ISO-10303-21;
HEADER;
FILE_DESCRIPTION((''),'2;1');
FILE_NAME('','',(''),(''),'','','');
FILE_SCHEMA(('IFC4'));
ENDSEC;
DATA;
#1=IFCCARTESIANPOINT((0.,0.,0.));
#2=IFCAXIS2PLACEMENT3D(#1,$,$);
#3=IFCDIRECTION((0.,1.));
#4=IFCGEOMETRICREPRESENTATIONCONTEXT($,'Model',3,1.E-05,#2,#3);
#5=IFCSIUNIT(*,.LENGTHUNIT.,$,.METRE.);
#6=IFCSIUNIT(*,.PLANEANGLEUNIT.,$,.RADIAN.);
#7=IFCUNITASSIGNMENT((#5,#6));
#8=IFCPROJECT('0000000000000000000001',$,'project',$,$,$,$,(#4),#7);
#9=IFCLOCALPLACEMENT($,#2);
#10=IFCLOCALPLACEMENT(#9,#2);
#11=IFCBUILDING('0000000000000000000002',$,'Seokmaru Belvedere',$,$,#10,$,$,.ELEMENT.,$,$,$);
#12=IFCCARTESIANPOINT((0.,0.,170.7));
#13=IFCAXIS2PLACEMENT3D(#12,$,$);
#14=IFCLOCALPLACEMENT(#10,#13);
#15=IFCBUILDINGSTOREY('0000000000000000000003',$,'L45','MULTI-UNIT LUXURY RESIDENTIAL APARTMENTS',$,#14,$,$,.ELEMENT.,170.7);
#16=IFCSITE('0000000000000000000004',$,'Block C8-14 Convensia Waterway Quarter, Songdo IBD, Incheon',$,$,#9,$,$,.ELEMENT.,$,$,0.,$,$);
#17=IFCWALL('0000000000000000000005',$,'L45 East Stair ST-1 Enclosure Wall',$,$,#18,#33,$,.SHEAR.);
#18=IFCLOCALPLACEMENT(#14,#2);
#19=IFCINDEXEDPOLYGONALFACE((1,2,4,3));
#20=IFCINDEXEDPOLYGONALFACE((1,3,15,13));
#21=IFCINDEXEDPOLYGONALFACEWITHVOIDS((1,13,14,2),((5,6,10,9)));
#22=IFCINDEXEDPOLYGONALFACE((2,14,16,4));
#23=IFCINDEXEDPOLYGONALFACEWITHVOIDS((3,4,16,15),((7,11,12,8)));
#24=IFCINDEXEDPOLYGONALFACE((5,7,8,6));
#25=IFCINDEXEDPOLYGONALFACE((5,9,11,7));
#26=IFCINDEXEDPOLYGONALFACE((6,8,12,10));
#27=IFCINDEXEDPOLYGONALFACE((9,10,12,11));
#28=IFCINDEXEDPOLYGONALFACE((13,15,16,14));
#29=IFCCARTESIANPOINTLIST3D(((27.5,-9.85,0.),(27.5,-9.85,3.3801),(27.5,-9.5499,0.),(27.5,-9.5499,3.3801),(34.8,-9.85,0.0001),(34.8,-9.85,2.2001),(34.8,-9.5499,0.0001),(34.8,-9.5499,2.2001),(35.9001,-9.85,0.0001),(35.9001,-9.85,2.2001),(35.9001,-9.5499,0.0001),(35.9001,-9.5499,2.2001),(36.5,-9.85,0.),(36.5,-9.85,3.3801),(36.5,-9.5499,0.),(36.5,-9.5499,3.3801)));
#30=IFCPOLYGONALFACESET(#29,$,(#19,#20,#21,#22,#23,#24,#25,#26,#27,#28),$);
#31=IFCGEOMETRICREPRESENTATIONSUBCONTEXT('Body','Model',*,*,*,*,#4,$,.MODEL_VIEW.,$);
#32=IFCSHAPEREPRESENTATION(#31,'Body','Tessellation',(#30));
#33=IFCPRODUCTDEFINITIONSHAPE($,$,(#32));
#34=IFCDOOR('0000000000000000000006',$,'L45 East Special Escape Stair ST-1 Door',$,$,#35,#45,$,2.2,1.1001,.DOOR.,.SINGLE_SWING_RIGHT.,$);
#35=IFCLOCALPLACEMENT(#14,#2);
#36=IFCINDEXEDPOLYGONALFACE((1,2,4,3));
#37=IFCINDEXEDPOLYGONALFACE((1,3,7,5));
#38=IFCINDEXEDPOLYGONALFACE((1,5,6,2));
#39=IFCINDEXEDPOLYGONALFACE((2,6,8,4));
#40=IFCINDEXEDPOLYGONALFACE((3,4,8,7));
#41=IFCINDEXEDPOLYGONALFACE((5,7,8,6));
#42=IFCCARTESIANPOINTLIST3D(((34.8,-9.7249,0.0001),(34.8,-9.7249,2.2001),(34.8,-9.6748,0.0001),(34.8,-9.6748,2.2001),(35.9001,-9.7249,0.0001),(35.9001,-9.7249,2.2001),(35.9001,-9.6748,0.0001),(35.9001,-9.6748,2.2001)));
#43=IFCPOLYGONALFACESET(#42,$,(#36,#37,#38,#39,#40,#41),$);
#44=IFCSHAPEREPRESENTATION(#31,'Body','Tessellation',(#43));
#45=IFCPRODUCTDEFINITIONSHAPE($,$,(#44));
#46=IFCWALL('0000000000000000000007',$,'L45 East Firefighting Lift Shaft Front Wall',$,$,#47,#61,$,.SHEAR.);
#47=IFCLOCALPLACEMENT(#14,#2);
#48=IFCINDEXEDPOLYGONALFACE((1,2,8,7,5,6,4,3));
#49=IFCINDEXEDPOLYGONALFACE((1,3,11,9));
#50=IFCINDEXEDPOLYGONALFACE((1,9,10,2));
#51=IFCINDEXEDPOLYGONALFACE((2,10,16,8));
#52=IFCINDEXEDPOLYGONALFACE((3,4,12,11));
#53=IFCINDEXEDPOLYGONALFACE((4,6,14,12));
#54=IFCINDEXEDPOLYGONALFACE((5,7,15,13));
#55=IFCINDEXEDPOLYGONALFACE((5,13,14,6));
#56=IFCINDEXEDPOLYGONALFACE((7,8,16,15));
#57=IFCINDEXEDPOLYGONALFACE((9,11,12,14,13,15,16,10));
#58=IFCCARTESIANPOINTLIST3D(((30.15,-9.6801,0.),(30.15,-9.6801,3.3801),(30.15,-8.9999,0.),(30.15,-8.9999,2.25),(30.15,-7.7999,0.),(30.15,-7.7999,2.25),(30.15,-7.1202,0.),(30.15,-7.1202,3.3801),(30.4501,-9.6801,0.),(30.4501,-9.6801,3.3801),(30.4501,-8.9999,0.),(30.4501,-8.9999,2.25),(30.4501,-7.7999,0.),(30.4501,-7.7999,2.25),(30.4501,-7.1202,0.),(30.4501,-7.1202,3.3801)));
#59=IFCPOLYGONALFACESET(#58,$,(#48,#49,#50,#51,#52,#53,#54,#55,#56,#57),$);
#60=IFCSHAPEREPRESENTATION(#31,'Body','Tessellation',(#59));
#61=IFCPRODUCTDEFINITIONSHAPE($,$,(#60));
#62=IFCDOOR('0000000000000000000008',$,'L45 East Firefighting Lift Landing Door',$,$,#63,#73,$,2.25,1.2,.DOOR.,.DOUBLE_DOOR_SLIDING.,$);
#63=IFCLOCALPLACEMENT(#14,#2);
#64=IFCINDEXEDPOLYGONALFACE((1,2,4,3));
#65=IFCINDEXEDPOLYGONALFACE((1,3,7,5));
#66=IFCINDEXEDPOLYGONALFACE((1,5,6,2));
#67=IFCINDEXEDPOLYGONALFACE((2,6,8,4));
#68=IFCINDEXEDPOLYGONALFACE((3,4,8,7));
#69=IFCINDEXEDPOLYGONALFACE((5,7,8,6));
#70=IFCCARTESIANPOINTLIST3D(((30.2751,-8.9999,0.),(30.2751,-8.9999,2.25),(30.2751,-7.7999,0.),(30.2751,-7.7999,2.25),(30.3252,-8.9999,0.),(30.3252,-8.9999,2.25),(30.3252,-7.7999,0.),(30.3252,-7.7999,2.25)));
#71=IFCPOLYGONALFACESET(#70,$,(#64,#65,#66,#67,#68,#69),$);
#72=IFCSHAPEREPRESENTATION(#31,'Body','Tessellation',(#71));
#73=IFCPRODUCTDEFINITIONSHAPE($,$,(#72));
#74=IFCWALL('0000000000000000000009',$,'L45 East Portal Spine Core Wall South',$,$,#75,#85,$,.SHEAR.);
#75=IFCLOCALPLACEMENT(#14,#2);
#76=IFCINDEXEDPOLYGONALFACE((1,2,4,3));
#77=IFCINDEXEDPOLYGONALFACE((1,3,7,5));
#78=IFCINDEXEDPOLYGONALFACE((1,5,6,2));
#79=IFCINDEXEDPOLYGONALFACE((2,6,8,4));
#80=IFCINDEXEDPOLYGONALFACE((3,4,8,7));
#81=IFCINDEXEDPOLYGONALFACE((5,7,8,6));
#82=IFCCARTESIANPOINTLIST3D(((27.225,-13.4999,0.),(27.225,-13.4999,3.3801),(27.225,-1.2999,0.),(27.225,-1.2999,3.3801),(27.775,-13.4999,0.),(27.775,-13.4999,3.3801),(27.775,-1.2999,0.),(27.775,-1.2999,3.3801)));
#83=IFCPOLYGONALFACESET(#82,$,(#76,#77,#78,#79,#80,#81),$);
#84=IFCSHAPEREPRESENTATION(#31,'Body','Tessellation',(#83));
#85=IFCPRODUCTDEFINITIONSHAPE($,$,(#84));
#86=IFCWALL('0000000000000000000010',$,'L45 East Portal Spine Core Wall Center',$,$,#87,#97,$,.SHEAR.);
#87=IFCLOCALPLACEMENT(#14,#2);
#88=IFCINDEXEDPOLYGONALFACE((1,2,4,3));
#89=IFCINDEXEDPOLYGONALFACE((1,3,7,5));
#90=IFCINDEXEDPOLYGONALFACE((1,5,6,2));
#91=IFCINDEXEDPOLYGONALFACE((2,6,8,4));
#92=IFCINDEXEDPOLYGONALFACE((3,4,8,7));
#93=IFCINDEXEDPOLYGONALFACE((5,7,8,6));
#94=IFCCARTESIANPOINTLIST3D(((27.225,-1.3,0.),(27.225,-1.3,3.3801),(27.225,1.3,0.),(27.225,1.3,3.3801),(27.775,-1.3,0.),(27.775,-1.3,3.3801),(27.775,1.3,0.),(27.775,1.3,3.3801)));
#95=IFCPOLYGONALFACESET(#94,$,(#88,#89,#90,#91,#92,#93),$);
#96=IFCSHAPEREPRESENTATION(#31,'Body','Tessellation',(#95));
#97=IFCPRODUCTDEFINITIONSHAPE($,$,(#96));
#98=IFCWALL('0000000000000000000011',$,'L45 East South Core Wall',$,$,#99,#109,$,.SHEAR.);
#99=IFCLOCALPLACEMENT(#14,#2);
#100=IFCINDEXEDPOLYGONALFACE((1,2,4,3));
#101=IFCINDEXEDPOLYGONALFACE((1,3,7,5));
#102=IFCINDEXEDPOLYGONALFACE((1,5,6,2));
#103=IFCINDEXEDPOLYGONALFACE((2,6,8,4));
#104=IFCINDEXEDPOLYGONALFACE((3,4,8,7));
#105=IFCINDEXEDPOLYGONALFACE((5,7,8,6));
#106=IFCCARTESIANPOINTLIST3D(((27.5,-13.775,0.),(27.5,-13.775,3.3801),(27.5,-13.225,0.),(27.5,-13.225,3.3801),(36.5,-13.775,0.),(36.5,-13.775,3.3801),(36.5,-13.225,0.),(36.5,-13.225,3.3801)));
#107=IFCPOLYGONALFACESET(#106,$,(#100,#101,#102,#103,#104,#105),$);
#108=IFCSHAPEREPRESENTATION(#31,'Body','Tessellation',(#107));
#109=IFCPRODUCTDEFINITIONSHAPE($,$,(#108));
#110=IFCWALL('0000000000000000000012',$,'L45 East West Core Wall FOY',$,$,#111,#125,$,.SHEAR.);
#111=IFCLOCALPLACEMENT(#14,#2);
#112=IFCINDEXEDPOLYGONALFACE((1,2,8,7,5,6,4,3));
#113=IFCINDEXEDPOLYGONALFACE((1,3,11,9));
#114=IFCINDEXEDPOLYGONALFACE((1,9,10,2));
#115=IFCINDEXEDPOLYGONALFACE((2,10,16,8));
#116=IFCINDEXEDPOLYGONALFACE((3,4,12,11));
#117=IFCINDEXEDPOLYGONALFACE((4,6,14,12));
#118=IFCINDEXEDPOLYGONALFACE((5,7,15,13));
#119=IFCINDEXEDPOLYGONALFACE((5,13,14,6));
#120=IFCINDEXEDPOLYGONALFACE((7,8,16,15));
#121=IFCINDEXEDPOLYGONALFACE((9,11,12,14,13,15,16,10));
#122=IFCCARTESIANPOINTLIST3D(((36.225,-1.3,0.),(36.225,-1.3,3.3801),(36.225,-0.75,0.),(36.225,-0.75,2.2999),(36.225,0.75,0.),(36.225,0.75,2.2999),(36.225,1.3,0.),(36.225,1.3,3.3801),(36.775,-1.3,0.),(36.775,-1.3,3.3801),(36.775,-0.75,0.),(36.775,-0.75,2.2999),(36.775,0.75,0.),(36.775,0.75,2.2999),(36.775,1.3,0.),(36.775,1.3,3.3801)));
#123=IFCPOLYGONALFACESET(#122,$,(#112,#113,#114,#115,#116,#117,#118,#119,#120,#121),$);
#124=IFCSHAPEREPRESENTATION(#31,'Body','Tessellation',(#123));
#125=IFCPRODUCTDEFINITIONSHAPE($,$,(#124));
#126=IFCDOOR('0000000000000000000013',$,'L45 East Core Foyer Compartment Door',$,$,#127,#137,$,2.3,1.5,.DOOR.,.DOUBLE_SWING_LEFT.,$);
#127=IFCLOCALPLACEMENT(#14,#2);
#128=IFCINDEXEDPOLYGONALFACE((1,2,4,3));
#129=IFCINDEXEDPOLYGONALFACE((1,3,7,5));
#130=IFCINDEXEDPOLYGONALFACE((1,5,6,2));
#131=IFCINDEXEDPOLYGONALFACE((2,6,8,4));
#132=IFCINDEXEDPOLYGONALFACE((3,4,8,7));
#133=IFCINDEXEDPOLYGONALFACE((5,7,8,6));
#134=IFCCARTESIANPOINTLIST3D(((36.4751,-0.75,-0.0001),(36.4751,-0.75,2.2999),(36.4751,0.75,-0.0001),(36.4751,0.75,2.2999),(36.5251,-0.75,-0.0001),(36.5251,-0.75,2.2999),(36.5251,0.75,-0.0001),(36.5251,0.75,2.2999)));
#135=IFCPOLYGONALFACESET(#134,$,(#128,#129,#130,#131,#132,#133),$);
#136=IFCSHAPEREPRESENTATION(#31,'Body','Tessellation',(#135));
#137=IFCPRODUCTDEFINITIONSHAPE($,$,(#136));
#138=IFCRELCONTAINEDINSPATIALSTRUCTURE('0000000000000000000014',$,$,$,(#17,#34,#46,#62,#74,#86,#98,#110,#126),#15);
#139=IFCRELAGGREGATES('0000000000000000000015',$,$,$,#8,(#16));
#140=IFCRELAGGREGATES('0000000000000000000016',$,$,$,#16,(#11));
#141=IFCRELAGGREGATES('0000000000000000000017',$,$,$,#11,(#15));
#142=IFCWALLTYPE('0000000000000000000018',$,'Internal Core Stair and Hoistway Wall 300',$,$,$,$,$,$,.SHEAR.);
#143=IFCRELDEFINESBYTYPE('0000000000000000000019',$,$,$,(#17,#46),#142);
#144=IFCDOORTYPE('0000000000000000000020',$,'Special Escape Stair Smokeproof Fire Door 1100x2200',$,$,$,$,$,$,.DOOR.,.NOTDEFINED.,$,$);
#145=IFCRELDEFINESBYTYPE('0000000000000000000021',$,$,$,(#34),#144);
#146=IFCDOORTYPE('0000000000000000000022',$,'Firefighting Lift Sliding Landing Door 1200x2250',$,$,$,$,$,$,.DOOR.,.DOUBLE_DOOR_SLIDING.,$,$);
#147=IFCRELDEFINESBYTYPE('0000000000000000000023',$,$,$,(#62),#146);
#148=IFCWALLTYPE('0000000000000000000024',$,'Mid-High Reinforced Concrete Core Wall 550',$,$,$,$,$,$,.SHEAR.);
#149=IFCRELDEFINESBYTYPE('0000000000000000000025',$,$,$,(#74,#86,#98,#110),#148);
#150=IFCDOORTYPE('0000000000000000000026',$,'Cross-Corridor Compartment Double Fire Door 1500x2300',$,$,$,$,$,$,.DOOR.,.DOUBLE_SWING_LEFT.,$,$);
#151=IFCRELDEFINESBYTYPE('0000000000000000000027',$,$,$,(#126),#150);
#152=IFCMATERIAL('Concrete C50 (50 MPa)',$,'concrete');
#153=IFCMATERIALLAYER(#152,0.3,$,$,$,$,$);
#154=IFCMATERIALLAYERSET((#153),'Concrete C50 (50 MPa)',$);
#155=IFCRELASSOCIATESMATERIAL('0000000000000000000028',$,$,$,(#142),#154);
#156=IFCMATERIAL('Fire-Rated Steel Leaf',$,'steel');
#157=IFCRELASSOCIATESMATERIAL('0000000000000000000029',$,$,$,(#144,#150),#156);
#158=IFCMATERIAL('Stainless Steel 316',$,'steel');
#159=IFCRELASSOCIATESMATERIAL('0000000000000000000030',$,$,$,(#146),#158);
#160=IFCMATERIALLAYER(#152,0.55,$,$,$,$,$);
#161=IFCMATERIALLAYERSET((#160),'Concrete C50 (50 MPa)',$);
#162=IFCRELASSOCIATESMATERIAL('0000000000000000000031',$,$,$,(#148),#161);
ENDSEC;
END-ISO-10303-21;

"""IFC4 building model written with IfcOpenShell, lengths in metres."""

from ifc_helpers import new_model, si_unit, direction, frame, frame_2d, origin, place, context, subcontext, project, spatial, rectangle, extrude, source, transform, mapped, material, layer, layer_set, type_object, type_shapes, element, fill, save


model = new_model("IFC4")

# Units and contexts
model_context = context("Model", 3, precision=1e-05, world=origin(), true_north=direction((0.0, 1.0)))
body_context = subcontext(model_context, "Body", "Model", "MODEL_VIEW")
ifc_project = project(units=[si_unit("LENGTHUNIT", "METRE"), si_unit("PLANEANGLEUNIT", "RADIAN")], contexts=[model_context])

# Site, building, storey
site_placement = place(None, origin())
site = spatial("IfcSite", under=ifc_project, at=site_placement, Name="Block C8-14 Convensia Waterway Quarter, Songdo IBD, Incheon", CompositionType="ELEMENT", RefElevation=0.0)
building_placement = place(site_placement, origin())
building = spatial("IfcBuilding", under=site, at=building_placement, Name="Seokmaru Belvedere", CompositionType="ELEMENT")
storey_placement = place(building_placement, frame((0.0, 0.0, 170.7)))
storey = spatial("IfcBuildingStorey", under=building, at=storey_placement, Name="L45", Description="MULTI-UNIT LUXURY RESIDENTIAL APARTMENTS", CompositionType="ELEMENT", Elevation=170.7)

# Shared definitions
ifc_material_1 = material(Name="Fire-Rated Steel Leaf", Category="steel")

# Shared definitions
ifc_material_2 = material(Name="Concrete C50 (50 MPa)", Category="concrete")

# Walls, openings, doors
ifc_layer_1 = layer(ifc_material_2, 0.3)
ifc_layer_set_1 = layer_set([ifc_layer_1], Name="Concrete C50 (50 MPa)")
wall_type_1 = type_object("IfcWallType", Name="Internal Core Stair and Hoistway Wall 300", PredefinedType="SHEAR", material=ifc_layer_set_1)
wall_1_placement = place(storey_placement, frame((27.5, -9.7, 0.0), z_axis=(0.0, 0.0, 1.0), x_axis=(1.0, 0.0, 0.0)))
wall_1 = element("IfcWall", 1, at=wall_1_placement, inside=storey, type_object=wall_type_1, Name="L45 East Stair ST-1 Enclosure Wall", PredefinedType="SHEAR", context=body_context, shape_type="SweptSolid", body=[
    extrude(rectangle(XDim=9.0, YDim=0.3, at=frame_2d((4.5, 0.0))), origin(), (0.0, 0.0, 1.0), 3.3801),
])
opening_1_placement = place(wall_1_placement, frame((7.3, 0.0, 0.0)))
opening_1 = element("IfcOpeningElement", 2, at=opening_1_placement, cuts=wall_1, PredefinedType="OPENING", context=body_context, shape_type="SweptSolid", body=[
    extrude(rectangle(XDim=1.1001, YDim=2.2, at=frame_2d((0.55, 1.1001))), frame((0.0, 0.1602, 0.0), z_axis=(0.0, -1.0, 0.0), x_axis=(1.0, 0.0, 0.0)), (0.0, 0.0, 1.0), 0.3201),
])
door_type_1 = type_object("IfcDoorType", Name="Special Escape Stair Smokeproof Fire Door 1100x2200", OperationType="NOTDEFINED", PredefinedType="DOOR", material=ifc_material_1)
shared_shape_1 = source(origin(), body_context, "Body", "SweptSolid", [
    extrude(rectangle(XDim=1.1001, YDim=2.2, at=frame_2d((0.55, 1.1001))), frame((0.0, 0.0249, 0.0), z_axis=(0.0, -1.0, 0.0), x_axis=(1.0, 0.0, 0.0)), (0.0, 0.0, 1.0), 0.05),
])
type_shapes(door_type_1, [shared_shape_1])
door_1_placement = place(opening_1_placement, frame((1.1001, 0.0, 0.0), z_axis=(0.0, 0.0, 1.0), x_axis=(-1.0, 0.0, 0.0)))
door_1 = element("IfcDoor", 3, at=door_1_placement, inside=storey, type_object=door_type_1, Name="L45 East Special Escape Stair ST-1 Door", OperationType="SINGLE_SWING_RIGHT", OverallHeight=2.2, OverallWidth=1.1001, PredefinedType="DOOR", context=body_context, shape_type="MappedRepresentation", body=[
    mapped(shared_shape_1, transform((0.0, 0.0, 0.0), scale=1.0)),
])
fill(opening_1, door_1)
wall_2_placement = place(storey_placement, frame((30.3, -9.6799, 0.0), z_axis=(0.0, 0.0, 1.0), x_axis=(0.0, 1.0, 0.0)))
wall_2 = element("IfcWall", 4, at=wall_2_placement, inside=storey, type_object=wall_type_1, Name="L45 East Firefighting Lift Shaft Front Wall", PredefinedType="SHEAR", context=body_context, shape_type="SweptSolid", body=[
    extrude(rectangle(XDim=2.5598, YDim=0.3, at=frame_2d((1.2798, 0.0))), origin(), (0.0, 0.0, 1.0), 3.3801),
])
opening_2_placement = place(wall_2_placement, frame((0.6799, 0.0, 0.0)))
opening_2 = element("IfcOpeningElement", 5, at=opening_2_placement, cuts=wall_2, PredefinedType="OPENING", context=body_context, shape_type="SweptSolid", body=[
    extrude(rectangle(XDim=1.2, YDim=2.25, at=frame_2d((0.6001, 1.125))), frame((0.0, 0.1602, 0.0), z_axis=(0.0, -1.0, 0.0), x_axis=(1.0, 0.0, 0.0)), (0.0, 0.0, 1.0), 0.3201),
])
ifc_material_3 = material(Name="Stainless Steel 316", Category="steel")
door_type_2 = type_object("IfcDoorType", Name="Firefighting Lift Sliding Landing Door 1200x2250", OperationType="DOUBLE_DOOR_SLIDING", PredefinedType="DOOR", material=ifc_material_3)
shared_shape_2 = source(origin(), body_context, "Body", "SweptSolid", [
    extrude(rectangle(XDim=1.2, YDim=2.25, at=frame_2d((0.6001, 1.125))), frame((0.0, 0.0249, 0.0), z_axis=(0.0, -1.0, 0.0), x_axis=(1.0, 0.0, 0.0)), (0.0, 0.0, 1.0), 0.05),
])
type_shapes(door_type_2, [shared_shape_2])
door_2_placement = place(opening_2_placement, origin())
door_2 = element("IfcDoor", 6, at=door_2_placement, inside=storey, type_object=door_type_2, Name="L45 East Firefighting Lift Landing Door", OperationType="DOUBLE_DOOR_SLIDING", OverallHeight=2.25, OverallWidth=1.2, PredefinedType="DOOR", context=body_context, shape_type="MappedRepresentation", body=[
    mapped(shared_shape_2, transform((0.0, 0.0, 0.0), scale=1.0)),
])
fill(opening_2, door_2)

# Walls
ifc_layer_2 = layer(ifc_material_2, 0.55)
ifc_layer_set_2 = layer_set([ifc_layer_2], Name="Concrete C50 (50 MPa)")
wall_type_2 = type_object("IfcWallType", Name="Mid-High Reinforced Concrete Core Wall 550", PredefinedType="SHEAR", material=ifc_layer_set_2)
wall_3_placement = place(storey_placement, frame((27.5, -13.5, 0.0), z_axis=(0.0, 0.0, 1.0), x_axis=(0.0, 1.0, 0.0)))
element("IfcWall", 7, at=wall_3_placement, inside=storey, type_object=wall_type_2, Name="L45 East Portal Spine Core Wall South", PredefinedType="SHEAR", context=body_context, shape_type="SweptSolid", body=[
    extrude(rectangle(XDim=12.2, YDim=0.55, at=frame_2d((6.1001, 0.0))), origin(), (0.0, 0.0, 1.0), 3.3801),
])
wall_4_placement = place(storey_placement, frame((27.5, -1.3, 0.0), z_axis=(0.0, 0.0, 1.0), x_axis=(0.0, 1.0, 0.0)))
element("IfcWall", 8, at=wall_4_placement, inside=storey, type_object=wall_type_2, Name="L45 East Portal Spine Core Wall Center", PredefinedType="SHEAR", context=body_context, shape_type="SweptSolid", body=[
    extrude(rectangle(XDim=2.6001, YDim=0.55, at=frame_2d((1.3, 0.0))), origin(), (0.0, 0.0, 1.0), 3.3801),
])
wall_5_placement = place(storey_placement, frame((27.5, -13.5, 0.0), z_axis=(0.0, 0.0, 1.0), x_axis=(1.0, 0.0, 0.0)))
element("IfcWall", 9, at=wall_5_placement, inside=storey, type_object=wall_type_2, Name="L45 East South Core Wall", PredefinedType="SHEAR", context=body_context, shape_type="SweptSolid", body=[
    extrude(rectangle(XDim=9.0, YDim=0.55, at=frame_2d((4.5, 0.0))), origin(), (0.0, 0.0, 1.0), 3.3801),
])

# Wall, opening, door
wall_6_placement = place(storey_placement, frame((36.5, -1.3, 0.0), z_axis=(0.0, 0.0, 1.0), x_axis=(0.0, 1.0, 0.0)))
wall_6 = element("IfcWall", 10, at=wall_6_placement, inside=storey, type_object=wall_type_2, Name="L45 East West Core Wall FOY", PredefinedType="SHEAR", context=body_context, shape_type="SweptSolid", body=[
    extrude(rectangle(XDim=2.6001, YDim=0.55, at=frame_2d((1.3, 0.0))), origin(), (0.0, 0.0, 1.0), 3.3801),
])
opening_3_placement = place(wall_6_placement, frame((0.55, 0.0, 0.0)))
opening_3 = element("IfcOpeningElement", 11, at=opening_3_placement, cuts=wall_6, PredefinedType="OPENING", context=body_context, shape_type="SweptSolid", body=[
    extrude(rectangle(XDim=1.5, YDim=2.3, at=frame_2d((0.75, 1.1499))), frame((0.0, 0.2852, 0.0), z_axis=(0.0, -1.0, 0.0), x_axis=(1.0, 0.0, 0.0)), (0.0, 0.0, 1.0), 0.5701),
])
door_type_3 = type_object("IfcDoorType", Name="Cross-Corridor Compartment Double Fire Door 1500x2300", OperationType="DOUBLE_SWING_LEFT", PredefinedType="DOOR", material=ifc_material_1)
shared_shape_3 = source(origin(), body_context, "Body", "SweptSolid", [
    extrude(rectangle(XDim=1.5, YDim=2.3, at=frame_2d((0.75, 1.1499))), frame((0.0, 0.0249, 0.0), z_axis=(0.0, -1.0, 0.0), x_axis=(1.0, 0.0, 0.0)), (0.0, 0.0, 1.0), 0.05),
])
type_shapes(door_type_3, [shared_shape_3])
door_3_placement = place(opening_3_placement, origin())
door_3 = element("IfcDoor", 12, at=door_3_placement, inside=storey, type_object=door_type_3, Name="L45 East Core Foyer Compartment Door", OperationType="DOUBLE_SWING_LEFT", OverallHeight=2.3, OverallWidth=1.5, PredefinedType="DOOR", context=body_context, shape_type="MappedRepresentation", body=[
    mapped(shared_shape_3, transform((0.0, 0.0, 0.0), scale=1.0)),
])
fill(opening_3, door_3)

save(model, "model.ifc")
